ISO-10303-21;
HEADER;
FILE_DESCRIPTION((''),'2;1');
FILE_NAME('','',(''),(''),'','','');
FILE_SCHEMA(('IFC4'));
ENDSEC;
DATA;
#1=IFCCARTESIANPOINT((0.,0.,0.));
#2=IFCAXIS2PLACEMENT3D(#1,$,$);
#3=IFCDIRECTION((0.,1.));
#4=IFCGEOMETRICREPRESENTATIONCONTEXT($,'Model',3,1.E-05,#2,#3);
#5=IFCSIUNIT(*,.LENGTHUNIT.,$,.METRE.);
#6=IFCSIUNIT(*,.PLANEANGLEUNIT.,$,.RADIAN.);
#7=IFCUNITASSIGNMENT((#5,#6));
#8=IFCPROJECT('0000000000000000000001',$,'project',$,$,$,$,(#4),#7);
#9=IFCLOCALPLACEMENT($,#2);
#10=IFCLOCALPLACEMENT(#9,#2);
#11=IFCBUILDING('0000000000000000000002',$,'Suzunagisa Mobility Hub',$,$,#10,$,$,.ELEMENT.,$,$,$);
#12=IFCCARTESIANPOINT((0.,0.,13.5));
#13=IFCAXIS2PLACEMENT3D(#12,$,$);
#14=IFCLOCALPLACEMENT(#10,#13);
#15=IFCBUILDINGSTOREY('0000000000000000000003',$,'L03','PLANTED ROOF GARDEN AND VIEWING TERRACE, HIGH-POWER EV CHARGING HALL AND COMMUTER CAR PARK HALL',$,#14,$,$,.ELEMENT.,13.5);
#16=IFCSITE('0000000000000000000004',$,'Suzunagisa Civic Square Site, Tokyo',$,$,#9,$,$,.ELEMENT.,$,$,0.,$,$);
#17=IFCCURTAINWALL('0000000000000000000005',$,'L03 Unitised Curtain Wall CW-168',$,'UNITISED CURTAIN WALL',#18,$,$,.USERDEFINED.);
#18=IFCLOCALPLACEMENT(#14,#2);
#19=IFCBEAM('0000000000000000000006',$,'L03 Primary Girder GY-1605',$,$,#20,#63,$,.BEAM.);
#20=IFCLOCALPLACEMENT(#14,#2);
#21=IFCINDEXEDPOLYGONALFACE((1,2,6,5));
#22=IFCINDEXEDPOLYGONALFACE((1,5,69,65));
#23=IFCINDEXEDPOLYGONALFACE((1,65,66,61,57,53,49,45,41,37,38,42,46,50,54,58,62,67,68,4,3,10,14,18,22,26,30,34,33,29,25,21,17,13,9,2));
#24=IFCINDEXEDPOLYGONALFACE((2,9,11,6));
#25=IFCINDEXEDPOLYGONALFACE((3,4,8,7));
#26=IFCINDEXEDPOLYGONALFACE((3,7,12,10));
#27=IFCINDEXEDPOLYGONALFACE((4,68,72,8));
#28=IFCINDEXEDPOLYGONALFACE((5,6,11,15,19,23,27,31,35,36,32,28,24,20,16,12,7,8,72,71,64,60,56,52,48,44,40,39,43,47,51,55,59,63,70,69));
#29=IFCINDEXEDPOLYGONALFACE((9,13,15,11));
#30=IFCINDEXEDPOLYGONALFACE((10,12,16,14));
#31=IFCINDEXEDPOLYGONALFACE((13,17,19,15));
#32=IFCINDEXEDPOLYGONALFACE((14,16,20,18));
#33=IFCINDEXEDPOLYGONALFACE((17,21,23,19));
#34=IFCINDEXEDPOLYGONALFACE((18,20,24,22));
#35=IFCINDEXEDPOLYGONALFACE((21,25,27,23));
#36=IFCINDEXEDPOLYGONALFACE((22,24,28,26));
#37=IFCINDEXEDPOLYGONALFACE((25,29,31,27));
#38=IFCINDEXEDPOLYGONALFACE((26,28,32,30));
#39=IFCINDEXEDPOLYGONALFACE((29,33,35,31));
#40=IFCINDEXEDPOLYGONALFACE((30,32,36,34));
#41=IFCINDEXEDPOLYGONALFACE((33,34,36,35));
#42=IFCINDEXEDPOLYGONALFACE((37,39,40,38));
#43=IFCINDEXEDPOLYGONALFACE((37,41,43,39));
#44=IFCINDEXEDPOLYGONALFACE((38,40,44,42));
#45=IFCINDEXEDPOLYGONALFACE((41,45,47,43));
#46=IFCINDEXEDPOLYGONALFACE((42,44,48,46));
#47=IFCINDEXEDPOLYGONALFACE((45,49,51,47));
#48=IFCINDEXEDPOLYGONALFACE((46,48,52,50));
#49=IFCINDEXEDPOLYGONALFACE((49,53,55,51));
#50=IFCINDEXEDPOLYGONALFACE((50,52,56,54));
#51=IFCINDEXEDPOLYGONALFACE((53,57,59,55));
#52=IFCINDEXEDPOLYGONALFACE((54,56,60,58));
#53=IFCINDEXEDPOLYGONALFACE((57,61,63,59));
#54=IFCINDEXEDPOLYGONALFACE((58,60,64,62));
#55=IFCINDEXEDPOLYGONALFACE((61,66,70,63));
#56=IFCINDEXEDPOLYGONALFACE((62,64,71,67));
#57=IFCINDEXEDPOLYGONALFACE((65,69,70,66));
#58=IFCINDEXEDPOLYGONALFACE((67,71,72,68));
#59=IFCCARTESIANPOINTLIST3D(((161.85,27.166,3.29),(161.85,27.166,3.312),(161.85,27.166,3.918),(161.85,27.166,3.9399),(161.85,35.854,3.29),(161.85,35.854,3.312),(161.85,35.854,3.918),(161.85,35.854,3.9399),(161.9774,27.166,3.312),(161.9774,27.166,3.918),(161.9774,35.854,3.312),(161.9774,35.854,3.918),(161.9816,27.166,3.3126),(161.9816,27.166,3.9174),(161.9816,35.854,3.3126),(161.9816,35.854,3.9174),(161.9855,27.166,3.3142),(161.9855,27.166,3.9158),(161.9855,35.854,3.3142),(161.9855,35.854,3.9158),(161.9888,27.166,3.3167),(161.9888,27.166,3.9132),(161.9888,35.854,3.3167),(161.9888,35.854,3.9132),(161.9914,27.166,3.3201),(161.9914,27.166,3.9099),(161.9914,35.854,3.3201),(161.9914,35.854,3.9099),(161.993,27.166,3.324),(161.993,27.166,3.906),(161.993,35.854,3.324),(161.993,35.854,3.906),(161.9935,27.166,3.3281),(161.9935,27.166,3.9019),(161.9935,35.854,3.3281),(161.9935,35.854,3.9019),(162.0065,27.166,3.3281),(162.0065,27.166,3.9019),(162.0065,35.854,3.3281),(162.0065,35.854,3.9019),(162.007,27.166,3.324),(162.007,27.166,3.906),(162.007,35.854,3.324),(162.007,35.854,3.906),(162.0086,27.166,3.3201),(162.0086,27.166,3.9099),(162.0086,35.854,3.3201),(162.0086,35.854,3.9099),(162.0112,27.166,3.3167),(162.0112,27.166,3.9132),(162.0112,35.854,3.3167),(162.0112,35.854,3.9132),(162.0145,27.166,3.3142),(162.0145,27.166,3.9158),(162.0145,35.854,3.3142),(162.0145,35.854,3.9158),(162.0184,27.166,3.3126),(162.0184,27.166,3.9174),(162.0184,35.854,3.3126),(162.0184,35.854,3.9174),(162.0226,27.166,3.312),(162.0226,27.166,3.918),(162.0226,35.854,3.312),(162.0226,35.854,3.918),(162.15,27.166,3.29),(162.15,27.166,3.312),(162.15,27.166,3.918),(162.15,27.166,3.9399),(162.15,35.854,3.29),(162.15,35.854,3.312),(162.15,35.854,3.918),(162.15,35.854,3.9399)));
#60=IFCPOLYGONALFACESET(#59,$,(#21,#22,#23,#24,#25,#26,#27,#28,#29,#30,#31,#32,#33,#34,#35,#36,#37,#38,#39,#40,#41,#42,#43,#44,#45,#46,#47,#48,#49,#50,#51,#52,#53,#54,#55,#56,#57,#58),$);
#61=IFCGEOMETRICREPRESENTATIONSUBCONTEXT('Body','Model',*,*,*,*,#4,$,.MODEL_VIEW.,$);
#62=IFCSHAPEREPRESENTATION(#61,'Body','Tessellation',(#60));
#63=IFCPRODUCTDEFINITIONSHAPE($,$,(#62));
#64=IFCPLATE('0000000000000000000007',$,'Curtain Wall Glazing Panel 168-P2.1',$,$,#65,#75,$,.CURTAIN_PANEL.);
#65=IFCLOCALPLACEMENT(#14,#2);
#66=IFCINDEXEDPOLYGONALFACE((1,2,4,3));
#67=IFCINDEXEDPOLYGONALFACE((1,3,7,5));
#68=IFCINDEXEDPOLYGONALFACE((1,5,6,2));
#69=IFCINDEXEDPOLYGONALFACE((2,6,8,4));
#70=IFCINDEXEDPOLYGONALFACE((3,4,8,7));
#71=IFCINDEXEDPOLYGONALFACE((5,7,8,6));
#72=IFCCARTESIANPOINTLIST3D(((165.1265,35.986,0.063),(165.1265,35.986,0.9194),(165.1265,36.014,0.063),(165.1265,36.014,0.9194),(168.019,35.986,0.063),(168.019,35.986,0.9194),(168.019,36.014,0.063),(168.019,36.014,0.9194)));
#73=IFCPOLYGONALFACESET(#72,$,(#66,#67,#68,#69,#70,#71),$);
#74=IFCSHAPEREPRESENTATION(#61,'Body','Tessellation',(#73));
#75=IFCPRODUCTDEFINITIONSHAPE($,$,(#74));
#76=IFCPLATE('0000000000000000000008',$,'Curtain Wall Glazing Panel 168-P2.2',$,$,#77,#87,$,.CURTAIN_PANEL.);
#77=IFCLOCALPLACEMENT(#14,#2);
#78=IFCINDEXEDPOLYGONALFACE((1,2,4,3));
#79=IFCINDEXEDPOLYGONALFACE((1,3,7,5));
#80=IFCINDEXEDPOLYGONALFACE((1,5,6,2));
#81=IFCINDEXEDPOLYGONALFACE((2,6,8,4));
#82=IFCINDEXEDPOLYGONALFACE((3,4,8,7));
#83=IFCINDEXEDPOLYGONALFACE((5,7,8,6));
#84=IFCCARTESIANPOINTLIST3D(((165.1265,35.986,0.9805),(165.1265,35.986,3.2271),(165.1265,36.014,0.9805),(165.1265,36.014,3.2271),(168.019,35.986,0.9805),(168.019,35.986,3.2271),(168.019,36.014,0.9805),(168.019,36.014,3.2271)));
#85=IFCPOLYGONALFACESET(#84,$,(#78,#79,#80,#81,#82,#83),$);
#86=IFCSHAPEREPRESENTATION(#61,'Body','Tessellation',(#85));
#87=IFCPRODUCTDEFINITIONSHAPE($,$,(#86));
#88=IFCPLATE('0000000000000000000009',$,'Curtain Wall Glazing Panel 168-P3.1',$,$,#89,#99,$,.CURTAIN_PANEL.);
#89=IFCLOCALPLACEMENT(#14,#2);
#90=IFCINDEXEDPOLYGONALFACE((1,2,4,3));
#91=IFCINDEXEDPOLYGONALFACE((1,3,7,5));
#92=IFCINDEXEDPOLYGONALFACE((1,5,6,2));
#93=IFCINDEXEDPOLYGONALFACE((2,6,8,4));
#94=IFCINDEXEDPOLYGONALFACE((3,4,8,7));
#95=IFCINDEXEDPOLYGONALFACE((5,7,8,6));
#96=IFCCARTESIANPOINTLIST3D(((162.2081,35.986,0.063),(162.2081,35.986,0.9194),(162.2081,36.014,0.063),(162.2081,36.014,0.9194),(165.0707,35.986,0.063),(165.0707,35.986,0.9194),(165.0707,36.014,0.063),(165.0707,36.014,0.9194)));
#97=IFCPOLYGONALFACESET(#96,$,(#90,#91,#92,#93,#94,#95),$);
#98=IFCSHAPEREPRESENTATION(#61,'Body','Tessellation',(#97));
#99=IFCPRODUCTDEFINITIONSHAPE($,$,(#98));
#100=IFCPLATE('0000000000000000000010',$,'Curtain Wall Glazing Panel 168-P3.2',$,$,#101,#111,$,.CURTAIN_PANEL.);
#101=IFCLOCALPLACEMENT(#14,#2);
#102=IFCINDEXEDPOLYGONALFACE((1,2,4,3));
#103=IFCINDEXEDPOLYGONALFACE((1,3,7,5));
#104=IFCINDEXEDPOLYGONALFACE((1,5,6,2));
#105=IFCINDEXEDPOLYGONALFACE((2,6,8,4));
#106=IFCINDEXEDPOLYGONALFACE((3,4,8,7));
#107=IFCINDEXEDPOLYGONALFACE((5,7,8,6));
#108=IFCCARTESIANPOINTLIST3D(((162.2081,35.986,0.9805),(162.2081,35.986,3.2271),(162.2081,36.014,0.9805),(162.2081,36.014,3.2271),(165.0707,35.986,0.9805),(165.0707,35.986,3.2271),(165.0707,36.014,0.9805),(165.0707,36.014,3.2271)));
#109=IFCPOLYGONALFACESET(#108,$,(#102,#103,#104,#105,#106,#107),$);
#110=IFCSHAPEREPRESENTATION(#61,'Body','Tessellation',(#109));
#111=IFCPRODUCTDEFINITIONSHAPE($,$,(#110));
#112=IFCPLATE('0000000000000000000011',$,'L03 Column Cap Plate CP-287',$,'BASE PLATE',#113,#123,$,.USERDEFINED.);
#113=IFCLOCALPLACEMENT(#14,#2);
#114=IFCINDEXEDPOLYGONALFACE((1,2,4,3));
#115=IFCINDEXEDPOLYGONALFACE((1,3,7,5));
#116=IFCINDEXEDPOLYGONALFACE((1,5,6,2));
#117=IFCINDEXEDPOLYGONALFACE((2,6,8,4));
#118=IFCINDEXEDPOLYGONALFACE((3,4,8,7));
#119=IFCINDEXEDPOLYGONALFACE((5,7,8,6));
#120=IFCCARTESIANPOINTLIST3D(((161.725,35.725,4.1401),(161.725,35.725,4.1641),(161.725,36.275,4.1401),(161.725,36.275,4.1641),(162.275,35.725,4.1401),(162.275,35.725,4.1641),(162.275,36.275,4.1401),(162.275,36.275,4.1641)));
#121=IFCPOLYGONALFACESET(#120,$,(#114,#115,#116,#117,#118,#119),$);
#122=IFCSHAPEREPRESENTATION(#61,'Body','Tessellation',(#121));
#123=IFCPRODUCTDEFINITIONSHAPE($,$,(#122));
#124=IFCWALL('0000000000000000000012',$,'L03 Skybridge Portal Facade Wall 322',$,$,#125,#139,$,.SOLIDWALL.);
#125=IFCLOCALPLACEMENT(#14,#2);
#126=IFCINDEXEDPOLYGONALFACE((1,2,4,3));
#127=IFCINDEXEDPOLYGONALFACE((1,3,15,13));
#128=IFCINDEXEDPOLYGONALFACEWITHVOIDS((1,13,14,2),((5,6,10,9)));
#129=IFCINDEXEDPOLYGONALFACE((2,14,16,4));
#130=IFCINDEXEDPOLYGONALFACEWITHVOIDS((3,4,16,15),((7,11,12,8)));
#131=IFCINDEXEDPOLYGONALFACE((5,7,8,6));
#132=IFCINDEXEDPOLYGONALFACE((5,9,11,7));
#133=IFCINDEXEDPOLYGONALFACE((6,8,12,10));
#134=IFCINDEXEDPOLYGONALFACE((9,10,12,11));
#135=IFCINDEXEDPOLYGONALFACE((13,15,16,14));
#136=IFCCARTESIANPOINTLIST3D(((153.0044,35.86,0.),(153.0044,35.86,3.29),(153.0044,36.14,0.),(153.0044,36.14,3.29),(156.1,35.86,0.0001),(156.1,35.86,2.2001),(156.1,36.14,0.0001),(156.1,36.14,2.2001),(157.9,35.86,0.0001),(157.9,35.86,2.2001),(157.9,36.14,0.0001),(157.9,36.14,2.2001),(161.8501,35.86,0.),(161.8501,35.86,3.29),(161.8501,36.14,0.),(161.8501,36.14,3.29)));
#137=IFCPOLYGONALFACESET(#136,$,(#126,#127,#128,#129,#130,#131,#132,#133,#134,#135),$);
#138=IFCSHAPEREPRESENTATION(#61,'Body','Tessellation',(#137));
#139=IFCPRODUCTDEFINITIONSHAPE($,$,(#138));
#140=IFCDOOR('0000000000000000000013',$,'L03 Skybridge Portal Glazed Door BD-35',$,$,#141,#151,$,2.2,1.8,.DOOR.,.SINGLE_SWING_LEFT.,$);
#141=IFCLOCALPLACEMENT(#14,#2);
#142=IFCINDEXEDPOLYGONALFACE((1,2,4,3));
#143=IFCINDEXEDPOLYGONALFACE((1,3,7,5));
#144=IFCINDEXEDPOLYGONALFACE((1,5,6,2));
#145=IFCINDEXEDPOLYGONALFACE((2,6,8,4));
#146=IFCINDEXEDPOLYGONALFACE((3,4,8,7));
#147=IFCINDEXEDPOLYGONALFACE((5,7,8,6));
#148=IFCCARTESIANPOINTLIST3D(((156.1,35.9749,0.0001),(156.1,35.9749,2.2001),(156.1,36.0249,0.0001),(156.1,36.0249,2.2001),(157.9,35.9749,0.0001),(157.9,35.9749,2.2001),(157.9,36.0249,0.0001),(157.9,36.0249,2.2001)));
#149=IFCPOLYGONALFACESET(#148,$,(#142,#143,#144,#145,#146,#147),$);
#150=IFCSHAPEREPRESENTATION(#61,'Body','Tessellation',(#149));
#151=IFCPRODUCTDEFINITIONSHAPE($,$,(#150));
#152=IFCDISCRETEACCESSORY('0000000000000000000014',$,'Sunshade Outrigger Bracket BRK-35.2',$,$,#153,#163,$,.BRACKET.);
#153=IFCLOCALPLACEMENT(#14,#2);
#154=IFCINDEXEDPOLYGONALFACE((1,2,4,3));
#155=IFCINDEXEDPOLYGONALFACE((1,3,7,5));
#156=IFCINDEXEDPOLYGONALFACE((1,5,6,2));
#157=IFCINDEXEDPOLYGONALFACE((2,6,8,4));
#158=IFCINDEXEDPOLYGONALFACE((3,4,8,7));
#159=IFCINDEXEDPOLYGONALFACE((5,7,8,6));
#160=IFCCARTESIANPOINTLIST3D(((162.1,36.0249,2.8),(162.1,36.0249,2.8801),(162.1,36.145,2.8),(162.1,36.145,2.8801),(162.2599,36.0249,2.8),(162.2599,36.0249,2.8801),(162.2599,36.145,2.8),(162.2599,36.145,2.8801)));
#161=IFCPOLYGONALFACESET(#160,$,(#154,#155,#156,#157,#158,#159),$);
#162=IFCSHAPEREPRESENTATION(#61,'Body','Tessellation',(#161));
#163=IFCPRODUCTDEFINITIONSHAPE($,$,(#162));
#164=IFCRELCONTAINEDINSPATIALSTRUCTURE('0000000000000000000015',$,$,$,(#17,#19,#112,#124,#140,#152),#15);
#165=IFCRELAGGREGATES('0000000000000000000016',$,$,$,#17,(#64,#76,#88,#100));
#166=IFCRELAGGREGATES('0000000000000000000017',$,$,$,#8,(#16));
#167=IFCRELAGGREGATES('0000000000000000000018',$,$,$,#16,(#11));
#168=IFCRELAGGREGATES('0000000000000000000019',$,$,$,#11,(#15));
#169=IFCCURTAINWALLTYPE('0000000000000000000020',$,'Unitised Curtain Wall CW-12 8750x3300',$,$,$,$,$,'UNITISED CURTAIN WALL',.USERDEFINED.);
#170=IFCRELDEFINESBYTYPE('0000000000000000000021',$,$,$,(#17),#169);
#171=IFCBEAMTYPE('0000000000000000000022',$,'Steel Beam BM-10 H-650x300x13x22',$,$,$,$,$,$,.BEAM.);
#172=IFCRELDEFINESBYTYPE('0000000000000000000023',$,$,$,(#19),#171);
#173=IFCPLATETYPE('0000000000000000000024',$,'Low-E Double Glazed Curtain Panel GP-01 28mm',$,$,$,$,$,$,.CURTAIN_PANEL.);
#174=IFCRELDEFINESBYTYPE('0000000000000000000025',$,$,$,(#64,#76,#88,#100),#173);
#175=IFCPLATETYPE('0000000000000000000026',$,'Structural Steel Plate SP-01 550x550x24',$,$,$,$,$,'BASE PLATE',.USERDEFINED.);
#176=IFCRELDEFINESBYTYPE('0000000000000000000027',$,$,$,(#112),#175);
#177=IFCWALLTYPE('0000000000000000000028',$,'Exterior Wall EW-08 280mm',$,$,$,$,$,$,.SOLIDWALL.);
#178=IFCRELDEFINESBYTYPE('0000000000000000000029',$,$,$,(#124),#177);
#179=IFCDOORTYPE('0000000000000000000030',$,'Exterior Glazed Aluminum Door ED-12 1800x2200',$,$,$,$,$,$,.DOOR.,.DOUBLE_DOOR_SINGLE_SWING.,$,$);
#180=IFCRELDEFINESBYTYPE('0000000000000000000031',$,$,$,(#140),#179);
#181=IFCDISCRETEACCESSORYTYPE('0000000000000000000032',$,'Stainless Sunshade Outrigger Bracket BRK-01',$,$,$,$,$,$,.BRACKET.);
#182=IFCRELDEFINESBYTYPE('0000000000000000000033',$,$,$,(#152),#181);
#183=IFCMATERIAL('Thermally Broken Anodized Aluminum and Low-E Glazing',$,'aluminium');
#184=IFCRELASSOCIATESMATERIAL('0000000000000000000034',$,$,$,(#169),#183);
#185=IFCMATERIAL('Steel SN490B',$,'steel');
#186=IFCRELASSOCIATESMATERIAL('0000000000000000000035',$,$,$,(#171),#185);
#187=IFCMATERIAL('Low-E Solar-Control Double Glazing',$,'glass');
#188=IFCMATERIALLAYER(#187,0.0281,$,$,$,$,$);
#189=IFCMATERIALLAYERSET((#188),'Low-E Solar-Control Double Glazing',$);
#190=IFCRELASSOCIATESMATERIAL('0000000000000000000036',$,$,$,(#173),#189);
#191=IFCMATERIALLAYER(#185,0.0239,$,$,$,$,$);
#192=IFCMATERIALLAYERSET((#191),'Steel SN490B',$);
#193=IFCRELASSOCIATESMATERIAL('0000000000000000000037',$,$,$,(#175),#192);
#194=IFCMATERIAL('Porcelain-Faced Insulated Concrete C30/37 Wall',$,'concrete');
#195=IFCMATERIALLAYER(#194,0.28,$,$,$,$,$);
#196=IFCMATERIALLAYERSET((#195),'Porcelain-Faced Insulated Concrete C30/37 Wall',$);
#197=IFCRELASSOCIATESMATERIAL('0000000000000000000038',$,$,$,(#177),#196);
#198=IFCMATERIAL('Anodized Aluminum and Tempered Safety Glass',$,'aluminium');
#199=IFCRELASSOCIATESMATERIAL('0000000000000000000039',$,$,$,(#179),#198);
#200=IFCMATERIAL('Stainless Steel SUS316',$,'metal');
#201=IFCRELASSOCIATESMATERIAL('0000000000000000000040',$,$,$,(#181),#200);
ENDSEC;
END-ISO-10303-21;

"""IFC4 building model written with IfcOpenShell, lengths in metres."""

from ifc_helpers import new_model, si_unit, direction, frame, frame_2d, origin, origin_2d, place, context, subcontext, project, spatial, rectangle, i_section, extrude, material, layer, layer_set, material_profile, profile_set, type_object, element, fill, aggregate, save


model = new_model("IFC4")

# Units and contexts
model_context = context("Model", 3, precision=1e-05, world=origin(), true_north=direction((0.0, 1.0)))
body_context = subcontext(model_context, "Body", "Model", "MODEL_VIEW")
ifc_project = project(units=[si_unit("LENGTHUNIT", "METRE"), si_unit("PLANEANGLEUNIT", "RADIAN")], contexts=[model_context])

# Site, building, storey
site_placement = place(None, origin())
site = spatial("IfcSite", under=ifc_project, at=site_placement, Name="Suzunagisa Civic Square Site, Tokyo", CompositionType="ELEMENT", RefElevation=0.0)
building_placement = place(site_placement, origin())
building = spatial("IfcBuilding", under=site, at=building_placement, Name="Suzunagisa Mobility Hub", CompositionType="ELEMENT")
storey_placement = place(building_placement, frame((0.0, 0.0, 13.5)))
storey = spatial("IfcBuildingStorey", under=building, at=storey_placement, Name="L03", Description="PLANTED ROOF GARDEN AND VIEWING TERRACE, HIGH-POWER EV CHARGING HALL AND COMMUTER CAR PARK HALL", CompositionType="ELEMENT", Elevation=13.5)

# Shared definitions
ifc_material_1 = material(Name="Steel SN490B", Category="steel")

# Curtain wall
ifc_material_2 = material(Name="Thermally Broken Anodized Aluminum and Low-E Glazing", Category="aluminium")
curtain_wall_type = type_object("IfcCurtainWallType", Name="Unitised Curtain Wall CW-12 8750x3300", ElementType="UNITISED CURTAIN WALL", PredefinedType="USERDEFINED", material=ifc_material_2)
curtain_wall_placement = place(storey_placement, origin())
curtain_wall = element("IfcCurtainWall", 1, at=curtain_wall_placement, inside=storey, type_object=curtain_wall_type, Name="L03 Unitised Curtain Wall CW-168", ObjectType="UNITISED CURTAIN WALL", PredefinedType="USERDEFINED")

# Beam
ifc_material_profile_1 = material_profile(ifc_material_1, i_section(OverallWidth=0.3, OverallDepth=0.6499, WebThickness=0.0129, FlangeThickness=0.022, FilletRadius=0.0161, at=origin_2d()), Name="H-650x300x13x22")
ifc_profile_set_1 = profile_set([ifc_material_profile_1], Name="Steel SN490B")
beam_type_1 = type_object("IfcBeamType", Name="Steel Beam BM-10 H-650x300x13x22", PredefinedType="BEAM", material=ifc_profile_set_1)
beam_1_placement = place(storey_placement, frame((162.0, 27.166, 3.615), z_axis=(0.0, 1.0, 0.0), x_axis=(-1.0, 0.0, 0.0)))
element("IfcBeam", 2, at=beam_1_placement, inside=storey, type_object=beam_type_1, Name="L03 Primary Girder GY-1605", PredefinedType="BEAM", context=body_context, shape_type="SweptSolid", body=[
    extrude(i_section(OverallWidth=0.3, OverallDepth=0.6499, WebThickness=0.0129, FlangeThickness=0.022, FilletRadius=0.0161, at=origin_2d()), origin(), (0.0, 0.0, 1.0), 8.688),
])

# Plates
ifc_material_3 = material(Name="Low-E Solar-Control Double Glazing", Category="glass")
ifc_layer_1 = layer(ifc_material_3, 0.0281)
ifc_layer_set_1 = layer_set([ifc_layer_1], Name="Low-E Solar-Control Double Glazing")
plate_type_1 = type_object("IfcPlateType", Name="Low-E Double Glazed Curtain Panel GP-01 28mm", PredefinedType="CURTAIN_PANEL", material=ifc_layer_set_1)
plate_1_placement = place(storey_placement, frame((166.5728, 36.0, 0.063), z_axis=(0.0, 0.0, 1.0), x_axis=(-1.0, 0.0, 0.0)))
plate_1 = element("IfcPlate", 3, at=plate_1_placement, type_object=plate_type_1, Name="Curtain Wall Glazing Panel 168-P2.1", PredefinedType="CURTAIN_PANEL", context=body_context, shape_type="SweptSolid", body=[
    extrude(rectangle(XDim=2.8926, YDim=0.0281, at=origin_2d()), origin(), (0.0, 0.0, 1.0), 0.8564),
])
plate_2_placement = place(storey_placement, frame((166.5728, 36.0, 0.9805), z_axis=(0.0, 0.0, 1.0), x_axis=(-1.0, 0.0, 0.0)))
plate_2 = element("IfcPlate", 4, at=plate_2_placement, type_object=plate_type_1, Name="Curtain Wall Glazing Panel 168-P2.2", PredefinedType="CURTAIN_PANEL", context=body_context, shape_type="SweptSolid", body=[
    extrude(rectangle(XDim=2.8926, YDim=0.0281, at=origin_2d()), origin(), (0.0, 0.0, 1.0), 2.2466),
])
plate_3_placement = place(storey_placement, frame((163.6394, 36.0, 0.063), z_axis=(0.0, 0.0, 1.0), x_axis=(-1.0, 0.0, 0.0)))
plate_3 = element("IfcPlate", 5, at=plate_3_placement, type_object=plate_type_1, Name="Curtain Wall Glazing Panel 168-P3.1", PredefinedType="CURTAIN_PANEL", context=body_context, shape_type="SweptSolid", body=[
    extrude(rectangle(XDim=2.8625, YDim=0.0281, at=origin_2d()), origin(), (0.0, 0.0, 1.0), 0.8564),
])
plate_4_placement = place(storey_placement, frame((163.6394, 36.0, 0.9805), z_axis=(0.0, 0.0, 1.0), x_axis=(-1.0, 0.0, 0.0)))
plate_4 = element("IfcPlate", 6, at=plate_4_placement, type_object=plate_type_1, Name="Curtain Wall Glazing Panel 168-P3.2", PredefinedType="CURTAIN_PANEL", context=body_context, shape_type="SweptSolid", body=[
    extrude(rectangle(XDim=2.8625, YDim=0.0281, at=origin_2d()), origin(), (0.0, 0.0, 1.0), 2.2466),
])
aggregate(curtain_wall, [plate_1, plate_2, plate_3, plate_4])
ifc_layer_2 = layer(ifc_material_1, 0.0239)
ifc_layer_set_2 = layer_set([ifc_layer_2], Name="Steel SN490B")
plate_type_2 = type_object("IfcPlateType", Name="Structural Steel Plate SP-01 550x550x24", ElementType="BASE PLATE", PredefinedType="USERDEFINED", material=ifc_layer_set_2)
plate_5_placement = place(storey_placement, frame((162.0, 36.0, 4.1401), z_axis=(0.0, 0.0, 1.0), x_axis=(1.0, 0.0, 0.0)))
element("IfcPlate", 7, at=plate_5_placement, inside=storey, type_object=plate_type_2, Name="L03 Column Cap Plate CP-287", ObjectType="BASE PLATE", PredefinedType="USERDEFINED", context=body_context, shape_type="SweptSolid", body=[
    extrude(rectangle(XDim=0.55, YDim=0.55, at=origin_2d()), origin(), (0.0, 0.0, 1.0), 0.0239),
])

# Wall, opening, door
ifc_material_4 = material(Name="Porcelain-Faced Insulated Concrete C30/37 Wall", Category="concrete")
ifc_layer_3 = layer(ifc_material_4, 0.28)
ifc_layer_set_3 = layer_set([ifc_layer_3], Name="Porcelain-Faced Insulated Concrete C30/37 Wall")
wall_type = type_object("IfcWallType", Name="Exterior Wall EW-08 280mm", PredefinedType="SOLIDWALL", material=ifc_layer_set_3)
wall_placement = place(storey_placement, frame((161.8501, 36.0, 0.0), z_axis=(0.0, 0.0, 1.0), x_axis=(-1.0, 0.0, 0.0)))
wall = element("IfcWall", 8, at=wall_placement, inside=storey, type_object=wall_type, Name="L03 Skybridge Portal Facade Wall 322", PredefinedType="SOLIDWALL", context=body_context, shape_type="SweptSolid", body=[
    extrude(rectangle(XDim=8.8457, YDim=0.28, at=frame_2d((4.4229, 0.0))), origin(), (0.0, 0.0, 1.0), 3.29),
])
opening_placement = place(wall_placement, frame((5.75, 0.0, 0.0), z_axis=(0.0, 0.0, 1.0), x_axis=(-1.0, 0.0, 0.0)))
opening = element("IfcOpeningElement", 9, at=opening_placement, cuts=wall, PredefinedType="OPENING", context=body_context, shape_type="SweptSolid", body=[
    extrude(rectangle(XDim=1.8, YDim=2.2, at=frame_2d((0.8999, 1.1001))), frame((0.0, 0.1509, 0.0), z_axis=(0.0, -1.0, 0.0), x_axis=(1.0, 0.0, 0.0)), (0.0, 0.0, 1.0), 0.302),
])
ifc_material_5 = material(Name="Anodized Aluminum and Tempered Safety Glass", Category="aluminium")
door_type = type_object("IfcDoorType", Name="Exterior Glazed Aluminum Door ED-12 1800x2200", OperationType="DOUBLE_DOOR_SINGLE_SWING", PredefinedType="DOOR", material=ifc_material_5)
door_placement = place(opening_placement, origin())
door = element("IfcDoor", 10, at=door_placement, inside=storey, type_object=door_type, Name="L03 Skybridge Portal Glazed Door BD-35", OperationType="SINGLE_SWING_LEFT", OverallHeight=2.2, OverallWidth=1.8, PredefinedType="DOOR", context=body_context, shape_type="SweptSolid", body=[
    extrude(rectangle(XDim=1.8, YDim=2.2, at=frame_2d((0.8999, 1.1001))), frame((0.0, 0.0249, 0.0), z_axis=(0.0, -1.0, 0.0), x_axis=(1.0, 0.0, 0.0)), (0.0, 0.0, 1.0), 0.05),
])
fill(opening, door)

# Discrete accessory
ifc_material_6 = material(Name="Stainless Steel SUS316", Category="metal")
discrete_accessory_type = type_object("IfcDiscreteAccessoryType", Name="Stainless Sunshade Outrigger Bracket BRK-01", PredefinedType="BRACKET", material=ifc_material_6)
discrete_accessory_placement = place(storey_placement, frame((162.1799, 36.085, 2.8), z_axis=(0.0, 0.0, 1.0), x_axis=(-1.0, 0.0, 0.0)))
element("IfcDiscreteAccessory", 11, at=discrete_accessory_placement, inside=storey, type_object=discrete_accessory_type, Name="Sunshade Outrigger Bracket BRK-35.2", PredefinedType="BRACKET", context=body_context, shape_type="SweptSolid", body=[
    extrude(rectangle(XDim=0.1599, YDim=0.1201, at=origin_2d()), origin(), (0.0, 0.0, 1.0), 0.0801),
])

save(model, "model.ifc")
